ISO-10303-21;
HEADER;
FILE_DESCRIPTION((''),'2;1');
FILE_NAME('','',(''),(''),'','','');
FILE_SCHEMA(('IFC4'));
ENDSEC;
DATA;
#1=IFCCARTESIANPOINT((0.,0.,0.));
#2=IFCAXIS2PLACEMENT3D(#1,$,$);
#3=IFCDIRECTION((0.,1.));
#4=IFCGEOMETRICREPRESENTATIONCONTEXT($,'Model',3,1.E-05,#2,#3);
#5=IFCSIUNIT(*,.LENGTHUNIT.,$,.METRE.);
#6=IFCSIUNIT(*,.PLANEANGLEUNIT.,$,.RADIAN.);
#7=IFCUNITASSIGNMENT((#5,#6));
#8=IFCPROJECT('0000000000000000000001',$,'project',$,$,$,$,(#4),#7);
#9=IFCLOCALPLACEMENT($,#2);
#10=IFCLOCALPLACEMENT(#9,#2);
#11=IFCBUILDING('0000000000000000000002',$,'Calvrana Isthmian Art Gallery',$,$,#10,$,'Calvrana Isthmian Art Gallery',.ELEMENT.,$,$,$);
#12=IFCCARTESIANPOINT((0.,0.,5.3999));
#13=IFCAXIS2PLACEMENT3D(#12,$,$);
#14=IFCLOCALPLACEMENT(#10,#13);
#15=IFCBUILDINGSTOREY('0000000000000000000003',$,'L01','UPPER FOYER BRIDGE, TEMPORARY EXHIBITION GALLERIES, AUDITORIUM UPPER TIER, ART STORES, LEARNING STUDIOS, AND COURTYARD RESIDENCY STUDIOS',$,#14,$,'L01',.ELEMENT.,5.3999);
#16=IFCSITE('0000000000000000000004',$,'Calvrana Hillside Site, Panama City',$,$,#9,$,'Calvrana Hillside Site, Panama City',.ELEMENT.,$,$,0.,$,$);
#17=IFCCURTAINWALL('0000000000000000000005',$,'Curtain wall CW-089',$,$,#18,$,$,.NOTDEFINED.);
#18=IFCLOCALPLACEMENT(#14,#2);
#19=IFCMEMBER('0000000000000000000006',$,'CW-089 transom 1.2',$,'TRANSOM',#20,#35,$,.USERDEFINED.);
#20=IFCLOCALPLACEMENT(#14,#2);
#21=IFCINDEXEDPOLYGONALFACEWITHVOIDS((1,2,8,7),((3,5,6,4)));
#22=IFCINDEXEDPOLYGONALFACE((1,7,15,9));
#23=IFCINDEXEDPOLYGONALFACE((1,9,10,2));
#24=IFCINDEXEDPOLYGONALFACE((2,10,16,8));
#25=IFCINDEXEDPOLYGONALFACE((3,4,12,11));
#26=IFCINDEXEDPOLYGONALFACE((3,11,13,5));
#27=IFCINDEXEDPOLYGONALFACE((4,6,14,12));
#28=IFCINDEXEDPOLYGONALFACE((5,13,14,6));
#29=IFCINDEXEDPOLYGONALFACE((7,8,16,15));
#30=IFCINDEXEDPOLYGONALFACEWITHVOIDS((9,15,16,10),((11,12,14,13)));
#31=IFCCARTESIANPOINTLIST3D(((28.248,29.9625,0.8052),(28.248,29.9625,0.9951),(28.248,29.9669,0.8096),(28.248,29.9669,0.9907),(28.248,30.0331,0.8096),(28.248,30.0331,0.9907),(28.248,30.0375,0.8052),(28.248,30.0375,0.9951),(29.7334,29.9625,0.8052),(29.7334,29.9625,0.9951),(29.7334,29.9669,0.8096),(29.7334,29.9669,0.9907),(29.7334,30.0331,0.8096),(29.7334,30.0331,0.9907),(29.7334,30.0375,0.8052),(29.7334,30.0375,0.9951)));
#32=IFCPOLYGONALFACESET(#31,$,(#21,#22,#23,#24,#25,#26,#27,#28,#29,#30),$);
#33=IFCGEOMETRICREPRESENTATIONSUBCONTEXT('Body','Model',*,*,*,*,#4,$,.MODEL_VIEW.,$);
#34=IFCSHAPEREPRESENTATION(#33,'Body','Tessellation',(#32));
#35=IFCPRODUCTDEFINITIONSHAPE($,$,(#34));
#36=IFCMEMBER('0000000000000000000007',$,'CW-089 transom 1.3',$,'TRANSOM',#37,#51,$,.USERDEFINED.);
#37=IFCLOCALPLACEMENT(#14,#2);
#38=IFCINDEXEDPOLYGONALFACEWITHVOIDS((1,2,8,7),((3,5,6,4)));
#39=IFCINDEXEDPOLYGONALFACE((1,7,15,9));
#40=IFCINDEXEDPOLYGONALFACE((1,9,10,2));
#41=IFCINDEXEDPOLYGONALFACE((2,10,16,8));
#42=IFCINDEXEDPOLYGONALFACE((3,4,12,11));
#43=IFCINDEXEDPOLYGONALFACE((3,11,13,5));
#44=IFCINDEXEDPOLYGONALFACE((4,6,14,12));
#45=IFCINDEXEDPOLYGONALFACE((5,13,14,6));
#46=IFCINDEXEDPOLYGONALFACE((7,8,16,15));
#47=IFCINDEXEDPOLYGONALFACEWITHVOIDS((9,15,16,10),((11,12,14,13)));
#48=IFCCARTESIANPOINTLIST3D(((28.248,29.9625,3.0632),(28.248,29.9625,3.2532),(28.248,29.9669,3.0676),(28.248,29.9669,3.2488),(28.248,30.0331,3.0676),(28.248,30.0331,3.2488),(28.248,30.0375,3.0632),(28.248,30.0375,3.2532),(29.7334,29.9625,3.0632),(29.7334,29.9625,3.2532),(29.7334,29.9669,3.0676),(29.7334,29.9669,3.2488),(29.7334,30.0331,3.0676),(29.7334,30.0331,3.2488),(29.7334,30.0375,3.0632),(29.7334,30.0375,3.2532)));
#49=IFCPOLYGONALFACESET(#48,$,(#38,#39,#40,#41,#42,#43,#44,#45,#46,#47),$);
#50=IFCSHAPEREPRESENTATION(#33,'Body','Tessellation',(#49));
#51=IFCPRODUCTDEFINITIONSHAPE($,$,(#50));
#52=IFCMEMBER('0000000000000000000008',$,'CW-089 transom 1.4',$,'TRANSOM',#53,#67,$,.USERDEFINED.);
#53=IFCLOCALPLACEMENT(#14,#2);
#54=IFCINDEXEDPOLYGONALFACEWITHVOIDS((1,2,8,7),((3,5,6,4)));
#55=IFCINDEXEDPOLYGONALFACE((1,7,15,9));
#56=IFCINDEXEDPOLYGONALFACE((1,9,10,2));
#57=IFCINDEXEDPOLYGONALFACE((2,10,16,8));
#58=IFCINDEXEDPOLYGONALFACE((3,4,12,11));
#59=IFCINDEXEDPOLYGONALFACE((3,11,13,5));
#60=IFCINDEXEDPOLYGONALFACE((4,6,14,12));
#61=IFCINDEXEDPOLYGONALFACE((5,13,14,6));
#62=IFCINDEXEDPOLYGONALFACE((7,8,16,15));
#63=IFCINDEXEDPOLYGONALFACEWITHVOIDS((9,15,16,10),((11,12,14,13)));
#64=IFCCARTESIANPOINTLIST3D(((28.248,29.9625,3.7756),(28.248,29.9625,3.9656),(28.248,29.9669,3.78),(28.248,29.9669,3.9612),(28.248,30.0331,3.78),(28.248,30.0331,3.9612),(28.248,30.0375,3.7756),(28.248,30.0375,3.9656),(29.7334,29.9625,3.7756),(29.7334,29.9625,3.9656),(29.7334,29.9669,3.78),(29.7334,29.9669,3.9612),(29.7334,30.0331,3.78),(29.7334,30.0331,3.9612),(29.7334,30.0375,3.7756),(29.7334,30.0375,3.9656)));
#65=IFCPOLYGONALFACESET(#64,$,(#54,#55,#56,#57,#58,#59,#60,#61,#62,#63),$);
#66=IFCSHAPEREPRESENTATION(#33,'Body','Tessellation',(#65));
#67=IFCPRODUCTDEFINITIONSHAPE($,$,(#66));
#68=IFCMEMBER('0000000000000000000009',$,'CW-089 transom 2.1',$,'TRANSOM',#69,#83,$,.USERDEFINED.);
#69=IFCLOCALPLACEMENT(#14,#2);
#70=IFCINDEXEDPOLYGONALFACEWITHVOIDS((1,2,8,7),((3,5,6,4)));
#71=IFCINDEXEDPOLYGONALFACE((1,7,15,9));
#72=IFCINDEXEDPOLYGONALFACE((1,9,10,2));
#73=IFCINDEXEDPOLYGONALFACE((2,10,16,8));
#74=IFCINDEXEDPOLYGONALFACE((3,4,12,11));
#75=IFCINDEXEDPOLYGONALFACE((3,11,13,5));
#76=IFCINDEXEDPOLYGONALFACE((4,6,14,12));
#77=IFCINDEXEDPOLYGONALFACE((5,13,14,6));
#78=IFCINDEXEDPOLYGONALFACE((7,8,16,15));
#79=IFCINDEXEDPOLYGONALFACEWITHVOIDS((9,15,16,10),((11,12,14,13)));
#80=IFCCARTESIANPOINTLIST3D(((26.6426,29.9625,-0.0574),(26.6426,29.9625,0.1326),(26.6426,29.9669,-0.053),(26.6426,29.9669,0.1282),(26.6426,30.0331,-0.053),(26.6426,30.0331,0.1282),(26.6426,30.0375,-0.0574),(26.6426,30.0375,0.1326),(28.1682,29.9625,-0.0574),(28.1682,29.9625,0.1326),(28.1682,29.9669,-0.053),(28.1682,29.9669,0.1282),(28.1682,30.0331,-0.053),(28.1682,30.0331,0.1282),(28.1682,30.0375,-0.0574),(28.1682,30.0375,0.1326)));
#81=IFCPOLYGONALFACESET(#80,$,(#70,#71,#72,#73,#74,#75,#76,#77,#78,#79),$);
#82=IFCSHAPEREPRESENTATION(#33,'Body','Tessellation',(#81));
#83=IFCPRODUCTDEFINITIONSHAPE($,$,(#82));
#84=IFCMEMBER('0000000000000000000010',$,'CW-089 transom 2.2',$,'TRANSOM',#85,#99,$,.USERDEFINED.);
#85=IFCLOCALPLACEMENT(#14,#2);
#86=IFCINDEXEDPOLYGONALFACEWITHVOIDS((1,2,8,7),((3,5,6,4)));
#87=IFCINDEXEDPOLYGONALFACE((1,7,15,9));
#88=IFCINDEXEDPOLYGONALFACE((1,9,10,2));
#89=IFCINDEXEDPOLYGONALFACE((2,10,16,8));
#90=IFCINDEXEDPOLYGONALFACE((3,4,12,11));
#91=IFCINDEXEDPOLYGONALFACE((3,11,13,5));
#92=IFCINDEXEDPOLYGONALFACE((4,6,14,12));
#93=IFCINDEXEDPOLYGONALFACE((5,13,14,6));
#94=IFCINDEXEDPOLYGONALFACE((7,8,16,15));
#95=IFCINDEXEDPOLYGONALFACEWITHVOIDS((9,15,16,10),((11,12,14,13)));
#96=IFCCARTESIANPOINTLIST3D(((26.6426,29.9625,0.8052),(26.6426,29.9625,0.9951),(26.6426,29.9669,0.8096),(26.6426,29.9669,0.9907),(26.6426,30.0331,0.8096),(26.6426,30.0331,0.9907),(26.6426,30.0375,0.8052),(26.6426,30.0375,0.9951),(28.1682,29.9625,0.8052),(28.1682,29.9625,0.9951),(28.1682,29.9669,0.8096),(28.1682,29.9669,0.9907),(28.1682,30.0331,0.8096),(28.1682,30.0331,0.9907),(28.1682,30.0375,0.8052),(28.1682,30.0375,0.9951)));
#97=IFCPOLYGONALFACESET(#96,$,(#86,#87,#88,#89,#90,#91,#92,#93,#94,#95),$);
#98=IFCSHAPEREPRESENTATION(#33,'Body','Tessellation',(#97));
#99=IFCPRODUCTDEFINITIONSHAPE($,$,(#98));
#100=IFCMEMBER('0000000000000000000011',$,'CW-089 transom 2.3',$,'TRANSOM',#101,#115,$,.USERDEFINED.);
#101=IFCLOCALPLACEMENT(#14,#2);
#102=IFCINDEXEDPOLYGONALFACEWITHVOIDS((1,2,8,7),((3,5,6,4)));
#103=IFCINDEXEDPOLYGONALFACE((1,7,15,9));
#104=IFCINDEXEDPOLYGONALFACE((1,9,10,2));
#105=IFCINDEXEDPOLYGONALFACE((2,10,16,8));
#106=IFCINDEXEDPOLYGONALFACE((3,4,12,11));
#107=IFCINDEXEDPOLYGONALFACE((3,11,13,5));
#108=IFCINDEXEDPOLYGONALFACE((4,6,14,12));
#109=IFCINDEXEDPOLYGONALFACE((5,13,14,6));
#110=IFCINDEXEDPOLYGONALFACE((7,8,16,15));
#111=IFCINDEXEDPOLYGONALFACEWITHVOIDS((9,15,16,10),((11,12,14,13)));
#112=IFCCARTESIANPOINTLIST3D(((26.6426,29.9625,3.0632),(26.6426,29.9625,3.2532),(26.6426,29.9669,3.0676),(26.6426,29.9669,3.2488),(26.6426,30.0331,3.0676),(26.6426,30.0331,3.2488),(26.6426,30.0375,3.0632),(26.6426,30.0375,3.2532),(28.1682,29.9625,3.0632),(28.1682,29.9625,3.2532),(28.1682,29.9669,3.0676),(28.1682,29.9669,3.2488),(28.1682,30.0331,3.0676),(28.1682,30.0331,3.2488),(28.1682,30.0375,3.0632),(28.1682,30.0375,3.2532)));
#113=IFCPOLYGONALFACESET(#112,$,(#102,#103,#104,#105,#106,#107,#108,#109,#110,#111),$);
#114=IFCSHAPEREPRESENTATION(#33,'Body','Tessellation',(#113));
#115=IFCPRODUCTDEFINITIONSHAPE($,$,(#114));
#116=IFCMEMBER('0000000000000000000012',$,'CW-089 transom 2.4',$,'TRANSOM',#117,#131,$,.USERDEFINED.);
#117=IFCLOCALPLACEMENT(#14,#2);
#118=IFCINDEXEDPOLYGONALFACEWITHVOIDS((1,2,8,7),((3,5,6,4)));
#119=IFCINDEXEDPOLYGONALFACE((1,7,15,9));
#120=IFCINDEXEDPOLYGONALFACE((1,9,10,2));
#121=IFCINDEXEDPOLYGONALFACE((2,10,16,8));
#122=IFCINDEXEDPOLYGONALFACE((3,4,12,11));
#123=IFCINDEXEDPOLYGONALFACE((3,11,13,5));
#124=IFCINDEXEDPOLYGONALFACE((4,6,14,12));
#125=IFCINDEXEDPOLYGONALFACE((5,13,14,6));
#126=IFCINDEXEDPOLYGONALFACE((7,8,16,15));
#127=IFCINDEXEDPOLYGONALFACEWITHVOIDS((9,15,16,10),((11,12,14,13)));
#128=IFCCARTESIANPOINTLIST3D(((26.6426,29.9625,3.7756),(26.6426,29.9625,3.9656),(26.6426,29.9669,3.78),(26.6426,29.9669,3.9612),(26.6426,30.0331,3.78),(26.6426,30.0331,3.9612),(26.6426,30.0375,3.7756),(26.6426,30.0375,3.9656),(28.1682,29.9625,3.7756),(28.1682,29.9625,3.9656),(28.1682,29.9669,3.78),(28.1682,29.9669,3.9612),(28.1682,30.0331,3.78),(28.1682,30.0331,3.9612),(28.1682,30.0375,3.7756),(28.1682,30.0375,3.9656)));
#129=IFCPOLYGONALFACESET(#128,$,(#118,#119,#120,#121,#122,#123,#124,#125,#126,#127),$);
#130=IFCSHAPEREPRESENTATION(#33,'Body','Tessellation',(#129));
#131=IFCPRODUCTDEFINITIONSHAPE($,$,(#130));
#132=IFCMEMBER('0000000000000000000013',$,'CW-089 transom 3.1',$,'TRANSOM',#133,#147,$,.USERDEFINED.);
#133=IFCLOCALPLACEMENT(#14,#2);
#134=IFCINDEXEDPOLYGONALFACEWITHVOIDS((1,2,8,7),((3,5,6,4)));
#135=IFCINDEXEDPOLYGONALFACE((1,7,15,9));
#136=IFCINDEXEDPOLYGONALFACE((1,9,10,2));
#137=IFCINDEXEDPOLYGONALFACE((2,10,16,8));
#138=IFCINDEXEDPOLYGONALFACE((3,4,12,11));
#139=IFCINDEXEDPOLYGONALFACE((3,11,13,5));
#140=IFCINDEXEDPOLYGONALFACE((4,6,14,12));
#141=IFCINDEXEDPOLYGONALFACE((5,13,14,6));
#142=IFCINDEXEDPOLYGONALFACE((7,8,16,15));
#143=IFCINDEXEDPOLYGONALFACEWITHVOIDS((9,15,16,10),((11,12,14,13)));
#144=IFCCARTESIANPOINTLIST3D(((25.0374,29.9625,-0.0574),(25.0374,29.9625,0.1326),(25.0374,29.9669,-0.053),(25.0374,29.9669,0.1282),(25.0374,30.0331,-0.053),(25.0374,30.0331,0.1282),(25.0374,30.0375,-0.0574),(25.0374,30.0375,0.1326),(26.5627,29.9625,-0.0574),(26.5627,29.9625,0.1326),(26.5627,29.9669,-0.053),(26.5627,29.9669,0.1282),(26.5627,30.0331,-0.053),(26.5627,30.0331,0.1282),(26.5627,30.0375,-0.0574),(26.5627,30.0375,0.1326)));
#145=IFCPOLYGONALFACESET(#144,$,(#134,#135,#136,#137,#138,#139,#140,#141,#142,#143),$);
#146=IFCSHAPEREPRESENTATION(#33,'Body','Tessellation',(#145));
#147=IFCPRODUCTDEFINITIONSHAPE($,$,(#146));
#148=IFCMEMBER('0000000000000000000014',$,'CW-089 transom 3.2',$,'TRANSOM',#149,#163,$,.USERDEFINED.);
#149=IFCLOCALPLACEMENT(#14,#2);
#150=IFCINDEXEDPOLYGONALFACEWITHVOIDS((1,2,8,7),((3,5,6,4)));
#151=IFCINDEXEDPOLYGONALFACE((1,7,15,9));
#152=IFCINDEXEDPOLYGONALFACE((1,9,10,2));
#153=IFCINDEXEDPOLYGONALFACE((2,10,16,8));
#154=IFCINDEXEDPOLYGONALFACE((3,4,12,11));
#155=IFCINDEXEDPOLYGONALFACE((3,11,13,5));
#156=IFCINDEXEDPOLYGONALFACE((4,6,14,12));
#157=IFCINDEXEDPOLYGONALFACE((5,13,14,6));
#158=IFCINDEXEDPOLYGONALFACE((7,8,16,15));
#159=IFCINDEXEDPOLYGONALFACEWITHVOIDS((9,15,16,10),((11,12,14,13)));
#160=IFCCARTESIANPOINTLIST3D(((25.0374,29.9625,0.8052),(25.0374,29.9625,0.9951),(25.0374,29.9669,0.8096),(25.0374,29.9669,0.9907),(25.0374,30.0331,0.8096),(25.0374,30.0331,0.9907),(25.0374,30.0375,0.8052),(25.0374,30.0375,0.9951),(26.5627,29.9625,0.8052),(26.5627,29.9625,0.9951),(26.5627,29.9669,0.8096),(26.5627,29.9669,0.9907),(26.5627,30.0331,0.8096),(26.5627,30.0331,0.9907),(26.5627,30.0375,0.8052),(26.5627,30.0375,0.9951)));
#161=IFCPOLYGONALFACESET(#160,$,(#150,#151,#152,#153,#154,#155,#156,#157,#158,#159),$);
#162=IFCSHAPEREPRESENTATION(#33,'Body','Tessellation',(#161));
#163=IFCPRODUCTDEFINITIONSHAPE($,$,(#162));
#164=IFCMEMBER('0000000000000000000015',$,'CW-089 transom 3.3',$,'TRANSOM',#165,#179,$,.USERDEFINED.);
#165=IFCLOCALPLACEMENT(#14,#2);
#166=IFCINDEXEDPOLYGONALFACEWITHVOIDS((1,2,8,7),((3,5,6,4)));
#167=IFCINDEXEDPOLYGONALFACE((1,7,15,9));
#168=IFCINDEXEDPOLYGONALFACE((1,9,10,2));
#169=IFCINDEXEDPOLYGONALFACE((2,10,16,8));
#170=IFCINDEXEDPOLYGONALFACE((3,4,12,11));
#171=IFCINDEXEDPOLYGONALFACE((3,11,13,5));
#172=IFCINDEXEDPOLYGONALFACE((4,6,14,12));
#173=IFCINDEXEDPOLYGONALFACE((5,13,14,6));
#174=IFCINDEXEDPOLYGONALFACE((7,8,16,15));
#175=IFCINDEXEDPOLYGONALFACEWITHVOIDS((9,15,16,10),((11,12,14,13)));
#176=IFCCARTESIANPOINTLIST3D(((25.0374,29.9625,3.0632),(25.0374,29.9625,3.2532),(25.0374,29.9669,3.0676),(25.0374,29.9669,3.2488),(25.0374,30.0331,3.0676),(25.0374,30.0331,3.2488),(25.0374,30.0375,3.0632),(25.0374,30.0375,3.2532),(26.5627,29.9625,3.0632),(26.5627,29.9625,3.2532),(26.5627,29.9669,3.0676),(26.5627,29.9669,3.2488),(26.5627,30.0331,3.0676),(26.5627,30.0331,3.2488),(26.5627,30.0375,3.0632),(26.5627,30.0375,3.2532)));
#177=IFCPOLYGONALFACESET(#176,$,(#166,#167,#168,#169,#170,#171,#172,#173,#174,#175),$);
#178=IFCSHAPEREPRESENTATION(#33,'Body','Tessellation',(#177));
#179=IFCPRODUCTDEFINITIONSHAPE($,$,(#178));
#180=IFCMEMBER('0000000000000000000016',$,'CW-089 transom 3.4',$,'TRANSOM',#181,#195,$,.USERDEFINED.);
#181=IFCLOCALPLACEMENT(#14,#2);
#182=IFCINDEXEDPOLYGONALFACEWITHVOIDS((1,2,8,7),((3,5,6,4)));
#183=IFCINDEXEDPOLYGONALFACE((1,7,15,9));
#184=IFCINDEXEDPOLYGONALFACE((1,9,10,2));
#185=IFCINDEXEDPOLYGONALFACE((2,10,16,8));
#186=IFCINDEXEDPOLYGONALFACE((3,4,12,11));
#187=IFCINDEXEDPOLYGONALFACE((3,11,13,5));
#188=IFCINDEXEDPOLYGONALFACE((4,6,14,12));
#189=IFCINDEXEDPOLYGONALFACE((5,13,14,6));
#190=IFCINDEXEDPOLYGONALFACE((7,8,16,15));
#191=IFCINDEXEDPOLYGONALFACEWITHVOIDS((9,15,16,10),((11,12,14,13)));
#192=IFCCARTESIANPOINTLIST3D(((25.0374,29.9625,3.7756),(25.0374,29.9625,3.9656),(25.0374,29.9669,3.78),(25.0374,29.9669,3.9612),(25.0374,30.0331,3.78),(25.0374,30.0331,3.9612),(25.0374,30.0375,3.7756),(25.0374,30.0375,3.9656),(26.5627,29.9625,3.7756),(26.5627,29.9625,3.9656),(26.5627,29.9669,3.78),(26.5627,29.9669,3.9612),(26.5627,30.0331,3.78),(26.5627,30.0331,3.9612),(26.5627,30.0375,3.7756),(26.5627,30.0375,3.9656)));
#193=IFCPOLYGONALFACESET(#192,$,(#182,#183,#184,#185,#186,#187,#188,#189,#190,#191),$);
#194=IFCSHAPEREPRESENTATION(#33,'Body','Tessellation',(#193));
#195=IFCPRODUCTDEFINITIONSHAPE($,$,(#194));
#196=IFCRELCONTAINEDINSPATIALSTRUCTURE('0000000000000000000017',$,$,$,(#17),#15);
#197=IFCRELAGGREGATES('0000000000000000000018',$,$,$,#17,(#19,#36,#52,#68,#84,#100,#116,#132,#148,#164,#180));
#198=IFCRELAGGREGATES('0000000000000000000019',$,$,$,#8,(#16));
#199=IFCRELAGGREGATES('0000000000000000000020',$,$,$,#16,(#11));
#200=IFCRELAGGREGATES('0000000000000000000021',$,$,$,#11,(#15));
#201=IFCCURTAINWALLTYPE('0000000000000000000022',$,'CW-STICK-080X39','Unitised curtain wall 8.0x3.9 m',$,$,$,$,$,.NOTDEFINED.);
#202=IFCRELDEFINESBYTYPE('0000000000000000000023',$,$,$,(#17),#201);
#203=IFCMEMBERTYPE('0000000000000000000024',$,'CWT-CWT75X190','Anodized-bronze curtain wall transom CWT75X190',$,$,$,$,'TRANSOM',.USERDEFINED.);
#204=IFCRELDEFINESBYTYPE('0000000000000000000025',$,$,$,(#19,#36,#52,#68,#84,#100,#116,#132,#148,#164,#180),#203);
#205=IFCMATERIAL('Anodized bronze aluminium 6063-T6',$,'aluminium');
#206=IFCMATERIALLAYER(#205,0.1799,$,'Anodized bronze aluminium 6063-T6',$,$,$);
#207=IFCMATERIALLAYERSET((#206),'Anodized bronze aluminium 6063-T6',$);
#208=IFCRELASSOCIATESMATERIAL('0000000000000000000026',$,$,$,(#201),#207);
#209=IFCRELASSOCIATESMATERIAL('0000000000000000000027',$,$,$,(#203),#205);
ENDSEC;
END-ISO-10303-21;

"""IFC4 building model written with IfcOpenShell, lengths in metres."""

from ifc_helpers import new_model, si_unit, direction, frame, origin, origin_2d, place, context, subcontext, project, spatial, hollow_rectangle, extrude, material, layer, layer_set, material_profile, profile_set, type_object, element, aggregate, save


model = new_model("IFC4")

# Units and contexts
model_context = context("Model", 3, precision=1e-05, world=origin(), true_north=direction((0.0, 1.0)))
body_context = subcontext(model_context, "Body", "Model", "MODEL_VIEW")
ifc_project = project(units=[si_unit("LENGTHUNIT", "METRE"), si_unit("PLANEANGLEUNIT", "RADIAN")], contexts=[model_context])

# Site, building, storey
site_placement = place(None, origin())
site = spatial("IfcSite", under=ifc_project, at=site_placement, Name="Calvrana Hillside Site, Panama City", LongName="Calvrana Hillside Site, Panama City", CompositionType="ELEMENT", RefElevation=0.0)
building_placement = place(site_placement, origin())
building = spatial("IfcBuilding", under=site, at=building_placement, Name="Calvrana Isthmian Art Gallery", LongName="Calvrana Isthmian Art Gallery", CompositionType="ELEMENT")
storey_placement = place(building_placement, frame((0.0, 0.0, 5.3999)))
storey = spatial("IfcBuildingStorey", under=building, at=storey_placement, Name="L01", Description="UPPER FOYER BRIDGE, TEMPORARY EXHIBITION GALLERIES, AUDITORIUM UPPER TIER, ART STORES, LEARNING STUDIOS, AND COURTYARD RESIDENCY STUDIOS", LongName="L01", CompositionType="ELEMENT", Elevation=5.3999)

# Curtain wall, members
ifc_material_1 = material(Name="Anodized bronze aluminium 6063-T6", Category="aluminium")
ifc_layer_1 = layer(ifc_material_1, 0.1799, Name="Anodized bronze aluminium 6063-T6")
ifc_layer_set_1 = layer_set([ifc_layer_1], Name="Anodized bronze aluminium 6063-T6")
curtain_wall_type = type_object("IfcCurtainWallType", Name="CW-STICK-080X39", Description="Unitised curtain wall 8.0x3.9 m", PredefinedType="NOTDEFINED", material=ifc_layer_set_1)
curtain_wall_placement = place(storey_placement, origin())
curtain_wall = element("IfcCurtainWall", 1, at=curtain_wall_placement, inside=storey, type_object=curtain_wall_type, Name="Curtain wall CW-089", PredefinedType="NOTDEFINED")
ifc_material_profile_1 = material_profile(ifc_material_1, hollow_rectangle(XDim=0.075, YDim=0.1899, WallThickness=0.0044, at=origin_2d()), Name="CWT75X190")
ifc_profile_set_1 = profile_set([ifc_material_profile_1], Name="Anodized bronze aluminium 6063-T6")
member_type_1 = type_object("IfcMemberType", Name="CWT-CWT75X190", Description="Anodized-bronze curtain wall transom CWT75X190", ElementType="TRANSOM", PredefinedType="USERDEFINED", material=ifc_profile_set_1)
member_1_placement = place(storey_placement, frame((29.7334, 30.0, 0.9001), z_axis=(-1.0, 0.0, 0.0), x_axis=(0.0, -1.0, 0.0)))
member_1 = element("IfcMember", 2, at=member_1_placement, type_object=member_type_1, Name="CW-089 transom 1.2", ObjectType="TRANSOM", PredefinedType="USERDEFINED", context=body_context, shape_type="SweptSolid", body=[
    extrude(hollow_rectangle(XDim=0.075, YDim=0.1899, WallThickness=0.0044, at=origin_2d()), origin(), (0.0, 0.0, 1.0), 1.4854),
])
member_2_placement = place(storey_placement, frame((29.7334, 30.0, 3.1582), z_axis=(-1.0, 0.0, 0.0), x_axis=(0.0, -1.0, 0.0)))
member_2 = element("IfcMember", 3, at=member_2_placement, type_object=member_type_1, Name="CW-089 transom 1.3", ObjectType="TRANSOM", PredefinedType="USERDEFINED", context=body_context, shape_type="SweptSolid", body=[
    extrude(hollow_rectangle(XDim=0.075, YDim=0.1899, WallThickness=0.0044, at=origin_2d()), origin(), (0.0, 0.0, 1.0), 1.4854),
])
member_3_placement = place(storey_placement, frame((29.7334, 30.0, 3.8706), z_axis=(-1.0, 0.0, 0.0), x_axis=(0.0, -1.0, 0.0)))
member_3 = element("IfcMember", 4, at=member_3_placement, type_object=member_type_1, Name="CW-089 transom 1.4", ObjectType="TRANSOM", PredefinedType="USERDEFINED", context=body_context, shape_type="SweptSolid", body=[
    extrude(hollow_rectangle(XDim=0.075, YDim=0.1899, WallThickness=0.0044, at=origin_2d()), origin(), (0.0, 0.0, 1.0), 1.4854),
])
member_4_placement = place(storey_placement, frame((28.1682, 30.0, 0.0376), z_axis=(-1.0, 0.0, 0.0), x_axis=(0.0, -1.0, 0.0)))
member_4 = element("IfcMember", 5, at=member_4_placement, type_object=member_type_1, Name="CW-089 transom 2.1", ObjectType="TRANSOM", PredefinedType="USERDEFINED", context=body_context, shape_type="SweptSolid", body=[
    extrude(hollow_rectangle(XDim=0.075, YDim=0.1899, WallThickness=0.0044, at=origin_2d()), origin(), (0.0, 0.0, 1.0), 1.5256),
])
member_5_placement = place(storey_placement, frame((28.1682, 30.0, 0.9001), z_axis=(-1.0, 0.0, 0.0), x_axis=(0.0, -1.0, 0.0)))
member_5 = element("IfcMember", 6, at=member_5_placement, type_object=member_type_1, Name="CW-089 transom 2.2", ObjectType="TRANSOM", PredefinedType="USERDEFINED", context=body_context, shape_type="SweptSolid", body=[
    extrude(hollow_rectangle(XDim=0.075, YDim=0.1899, WallThickness=0.0044, at=origin_2d()), origin(), (0.0, 0.0, 1.0), 1.5256),
])
member_6_placement = place(storey_placement, frame((28.1682, 30.0, 3.1582), z_axis=(-1.0, 0.0, 0.0), x_axis=(0.0, -1.0, 0.0)))
member_6 = element("IfcMember", 7, at=member_6_placement, type_object=member_type_1, Name="CW-089 transom 2.3", ObjectType="TRANSOM", PredefinedType="USERDEFINED", context=body_context, shape_type="SweptSolid", body=[
    extrude(hollow_rectangle(XDim=0.075, YDim=0.1899, WallThickness=0.0044, at=origin_2d()), origin(), (0.0, 0.0, 1.0), 1.5256),
])
member_7_placement = place(storey_placement, frame((28.1682, 30.0, 3.8706), z_axis=(-1.0, 0.0, 0.0), x_axis=(0.0, -1.0, 0.0)))
member_7 = element("IfcMember", 8, at=member_7_placement, type_object=member_type_1, Name="CW-089 transom 2.4", ObjectType="TRANSOM", PredefinedType="USERDEFINED", context=body_context, shape_type="SweptSolid", body=[
    extrude(hollow_rectangle(XDim=0.075, YDim=0.1899, WallThickness=0.0044, at=origin_2d()), origin(), (0.0, 0.0, 1.0), 1.5256),
])
member_8_placement = place(storey_placement, frame((26.5627, 30.0, 0.0376), z_axis=(-1.0, 0.0, 0.0), x_axis=(0.0, -1.0, 0.0)))
member_8 = element("IfcMember", 9, at=member_8_placement, type_object=member_type_1, Name="CW-089 transom 3.1", ObjectType="TRANSOM", PredefinedType="USERDEFINED", context=body_context, shape_type="SweptSolid", body=[
    extrude(hollow_rectangle(XDim=0.075, YDim=0.1899, WallThickness=0.0044, at=origin_2d()), origin(), (0.0, 0.0, 1.0), 1.5254),
])
member_9_placement = place(storey_placement, frame((26.5627, 30.0, 0.9001), z_axis=(-1.0, 0.0, 0.0), x_axis=(0.0, -1.0, 0.0)))
member_9 = element("IfcMember", 10, at=member_9_placement, type_object=member_type_1, Name="CW-089 transom 3.2", ObjectType="TRANSOM", PredefinedType="USERDEFINED", context=body_context, shape_type="SweptSolid", body=[
    extrude(hollow_rectangle(XDim=0.075, YDim=0.1899, WallThickness=0.0044, at=origin_2d()), origin(), (0.0, 0.0, 1.0), 1.5254),
])
member_10_placement = place(storey_placement, frame((26.5627, 30.0, 3.1582), z_axis=(-1.0, 0.0, 0.0), x_axis=(0.0, -1.0, 0.0)))
member_10 = element("IfcMember", 11, at=member_10_placement, type_object=member_type_1, Name="CW-089 transom 3.3", ObjectType="TRANSOM", PredefinedType="USERDEFINED", context=body_context, shape_type="SweptSolid", body=[
    extrude(hollow_rectangle(XDim=0.075, YDim=0.1899, WallThickness=0.0044, at=origin_2d()), origin(), (0.0, 0.0, 1.0), 1.5254),
])
member_11_placement = place(storey_placement, frame((26.5627, 30.0, 3.8706), z_axis=(-1.0, 0.0, 0.0), x_axis=(0.0, -1.0, 0.0)))
member_11 = element("IfcMember", 12, at=member_11_placement, type_object=member_type_1, Name="CW-089 transom 3.4", ObjectType="TRANSOM", PredefinedType="USERDEFINED", context=body_context, shape_type="SweptSolid", body=[
    extrude(hollow_rectangle(XDim=0.075, YDim=0.1899, WallThickness=0.0044, at=origin_2d()), origin(), (0.0, 0.0, 1.0), 1.5254),
])
aggregate(curtain_wall, [member_1, member_2, member_3, member_4, member_5, member_6, member_7, member_8, member_9, member_10, member_11])

save(model, "model.ifc")
